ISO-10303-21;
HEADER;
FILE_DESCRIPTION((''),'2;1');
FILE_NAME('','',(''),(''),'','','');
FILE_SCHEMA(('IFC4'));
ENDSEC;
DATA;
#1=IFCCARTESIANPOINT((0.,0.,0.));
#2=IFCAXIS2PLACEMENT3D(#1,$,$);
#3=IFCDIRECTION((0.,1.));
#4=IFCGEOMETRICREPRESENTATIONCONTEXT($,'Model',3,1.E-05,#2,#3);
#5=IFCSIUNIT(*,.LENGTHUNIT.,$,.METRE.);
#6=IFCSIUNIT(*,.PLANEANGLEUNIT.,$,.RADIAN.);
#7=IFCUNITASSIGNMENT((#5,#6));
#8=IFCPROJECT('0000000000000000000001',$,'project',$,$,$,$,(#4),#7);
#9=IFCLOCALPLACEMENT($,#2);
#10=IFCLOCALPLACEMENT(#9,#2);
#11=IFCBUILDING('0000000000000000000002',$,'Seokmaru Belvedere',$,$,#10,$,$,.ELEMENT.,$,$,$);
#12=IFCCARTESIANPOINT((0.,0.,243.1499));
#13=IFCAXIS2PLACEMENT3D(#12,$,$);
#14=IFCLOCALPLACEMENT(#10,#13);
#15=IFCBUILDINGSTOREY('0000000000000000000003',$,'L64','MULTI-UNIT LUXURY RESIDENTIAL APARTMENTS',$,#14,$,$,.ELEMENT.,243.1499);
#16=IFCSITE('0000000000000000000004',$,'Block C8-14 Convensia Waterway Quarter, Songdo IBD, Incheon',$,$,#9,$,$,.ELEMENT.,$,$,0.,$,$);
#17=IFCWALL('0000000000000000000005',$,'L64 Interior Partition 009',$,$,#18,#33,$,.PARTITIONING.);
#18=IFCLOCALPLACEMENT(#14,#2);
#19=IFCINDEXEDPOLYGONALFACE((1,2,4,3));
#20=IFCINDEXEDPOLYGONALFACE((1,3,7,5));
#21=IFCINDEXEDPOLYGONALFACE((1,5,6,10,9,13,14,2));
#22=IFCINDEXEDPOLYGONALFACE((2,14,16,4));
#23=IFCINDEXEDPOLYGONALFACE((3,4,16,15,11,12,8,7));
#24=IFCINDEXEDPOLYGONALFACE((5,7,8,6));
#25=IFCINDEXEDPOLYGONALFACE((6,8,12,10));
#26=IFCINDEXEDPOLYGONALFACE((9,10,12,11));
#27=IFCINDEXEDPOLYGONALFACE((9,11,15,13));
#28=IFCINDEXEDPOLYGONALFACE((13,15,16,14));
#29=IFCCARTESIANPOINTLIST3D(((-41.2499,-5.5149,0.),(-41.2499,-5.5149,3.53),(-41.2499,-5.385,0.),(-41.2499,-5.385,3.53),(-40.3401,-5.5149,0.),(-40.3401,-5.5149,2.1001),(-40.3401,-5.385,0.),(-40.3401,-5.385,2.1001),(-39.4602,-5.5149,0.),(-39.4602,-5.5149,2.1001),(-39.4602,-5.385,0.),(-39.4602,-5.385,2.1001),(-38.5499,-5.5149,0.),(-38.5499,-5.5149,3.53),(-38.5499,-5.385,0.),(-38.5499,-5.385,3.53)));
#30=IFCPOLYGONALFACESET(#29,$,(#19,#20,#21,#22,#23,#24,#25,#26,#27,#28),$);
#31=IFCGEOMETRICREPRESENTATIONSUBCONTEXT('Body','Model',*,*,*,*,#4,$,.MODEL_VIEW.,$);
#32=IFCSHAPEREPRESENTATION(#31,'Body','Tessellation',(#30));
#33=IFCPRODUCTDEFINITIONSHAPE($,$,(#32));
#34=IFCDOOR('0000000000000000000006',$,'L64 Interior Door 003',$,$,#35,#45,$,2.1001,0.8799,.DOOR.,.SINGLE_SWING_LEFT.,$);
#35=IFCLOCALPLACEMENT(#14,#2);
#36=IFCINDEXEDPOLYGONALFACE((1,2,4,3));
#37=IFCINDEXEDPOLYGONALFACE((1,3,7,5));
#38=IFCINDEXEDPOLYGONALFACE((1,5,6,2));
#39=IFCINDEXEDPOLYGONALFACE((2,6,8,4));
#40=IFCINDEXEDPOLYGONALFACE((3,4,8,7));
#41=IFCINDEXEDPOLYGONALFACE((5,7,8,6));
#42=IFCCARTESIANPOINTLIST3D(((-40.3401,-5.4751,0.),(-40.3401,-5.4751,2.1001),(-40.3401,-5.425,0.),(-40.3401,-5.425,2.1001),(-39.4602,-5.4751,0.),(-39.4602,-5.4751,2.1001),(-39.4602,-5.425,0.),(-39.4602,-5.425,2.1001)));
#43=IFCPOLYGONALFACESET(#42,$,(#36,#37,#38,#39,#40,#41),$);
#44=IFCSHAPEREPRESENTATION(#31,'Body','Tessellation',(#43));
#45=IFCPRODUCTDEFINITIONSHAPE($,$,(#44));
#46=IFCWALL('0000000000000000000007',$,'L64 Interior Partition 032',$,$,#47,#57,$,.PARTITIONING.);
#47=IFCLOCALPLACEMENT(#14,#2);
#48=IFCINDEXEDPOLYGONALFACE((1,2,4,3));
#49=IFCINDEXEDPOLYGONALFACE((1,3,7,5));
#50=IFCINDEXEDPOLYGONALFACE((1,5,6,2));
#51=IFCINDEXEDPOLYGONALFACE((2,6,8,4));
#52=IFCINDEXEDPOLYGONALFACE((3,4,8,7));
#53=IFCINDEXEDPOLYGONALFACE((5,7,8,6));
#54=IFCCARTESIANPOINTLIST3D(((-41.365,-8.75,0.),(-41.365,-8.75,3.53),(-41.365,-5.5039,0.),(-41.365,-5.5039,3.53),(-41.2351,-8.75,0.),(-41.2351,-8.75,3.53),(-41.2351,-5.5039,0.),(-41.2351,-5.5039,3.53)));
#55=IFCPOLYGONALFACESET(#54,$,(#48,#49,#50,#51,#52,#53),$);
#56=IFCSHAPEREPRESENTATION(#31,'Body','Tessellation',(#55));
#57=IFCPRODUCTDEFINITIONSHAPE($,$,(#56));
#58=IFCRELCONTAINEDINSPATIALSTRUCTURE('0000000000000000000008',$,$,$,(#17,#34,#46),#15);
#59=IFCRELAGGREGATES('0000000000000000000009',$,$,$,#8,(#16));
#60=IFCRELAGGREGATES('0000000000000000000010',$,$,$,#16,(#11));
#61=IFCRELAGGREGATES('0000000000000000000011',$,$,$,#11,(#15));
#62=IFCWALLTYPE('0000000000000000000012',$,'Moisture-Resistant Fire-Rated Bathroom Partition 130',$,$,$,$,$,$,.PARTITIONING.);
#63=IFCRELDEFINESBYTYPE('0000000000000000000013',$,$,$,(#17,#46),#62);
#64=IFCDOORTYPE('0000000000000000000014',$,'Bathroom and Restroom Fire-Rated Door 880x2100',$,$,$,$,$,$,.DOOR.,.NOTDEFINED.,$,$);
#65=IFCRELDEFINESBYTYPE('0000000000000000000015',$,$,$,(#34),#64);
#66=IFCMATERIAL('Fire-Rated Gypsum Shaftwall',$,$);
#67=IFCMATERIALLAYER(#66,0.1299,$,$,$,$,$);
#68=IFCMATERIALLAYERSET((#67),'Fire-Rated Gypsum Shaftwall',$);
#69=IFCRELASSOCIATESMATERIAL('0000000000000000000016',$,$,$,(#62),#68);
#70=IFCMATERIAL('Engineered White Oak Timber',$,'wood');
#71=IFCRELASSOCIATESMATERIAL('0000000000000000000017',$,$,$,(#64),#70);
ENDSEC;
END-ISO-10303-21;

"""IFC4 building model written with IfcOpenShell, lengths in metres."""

from ifc_helpers import new_model, si_unit, direction, frame, frame_2d, origin, place, context, subcontext, project, spatial, rectangle, extrude, source, transform, mapped, material, layer, layer_set, type_object, type_shapes, element, fill, save


model = new_model("IFC4")

# Units and contexts
model_context = context("Model", 3, precision=1e-05, world=origin(), true_north=direction((0.0, 1.0)))
body_context = subcontext(model_context, "Body", "Model", "MODEL_VIEW")
ifc_project = project(units=[si_unit("LENGTHUNIT", "METRE"), si_unit("PLANEANGLEUNIT", "RADIAN")], contexts=[model_context])

# Site, building, storey
site_placement = place(None, origin())
site = spatial("IfcSite", under=ifc_project, at=site_placement, Name="Block C8-14 Convensia Waterway Quarter, Songdo IBD, Incheon", CompositionType="ELEMENT", RefElevation=0.0)
building_placement = place(site_placement, origin())
building = spatial("IfcBuilding", under=site, at=building_placement, Name="Seokmaru Belvedere", CompositionType="ELEMENT")
storey_placement = place(building_placement, frame((0.0, 0.0, 243.1499)))
storey = spatial("IfcBuildingStorey", under=building, at=storey_placement, Name="L64", Description="MULTI-UNIT LUXURY RESIDENTIAL APARTMENTS", CompositionType="ELEMENT", Elevation=243.1499)

# Wall, opening, door
ifc_material_1 = material(Name="Fire-Rated Gypsum Shaftwall")
ifc_material_2 = material(Name="Engineered White Oak Timber", Category="wood")
ifc_layer_1 = layer(ifc_material_1, 0.1299)
ifc_layer_set_1 = layer_set([ifc_layer_1], Name="Fire-Rated Gypsum Shaftwall")
wall_type_1 = type_object("IfcWallType", Name="Moisture-Resistant Fire-Rated Bathroom Partition 130", PredefinedType="PARTITIONING", material=ifc_layer_set_1)
wall_1_placement = place(storey_placement, frame((-41.25, -5.45, 0.0), z_axis=(0.0, 0.0, 1.0), x_axis=(1.0, 0.0, 0.0)))
wall_1 = element("IfcWall", 1, at=wall_1_placement, inside=storey, type_object=wall_type_1, Name="L64 Interior Partition 009", PredefinedType="PARTITIONING", context=body_context, shape_type="SweptSolid", body=[
    extrude(rectangle(XDim=2.7, YDim=0.1299, at=frame_2d((1.3501, 0.0))), origin(), (0.0, 0.0, 1.0), 3.53),
])
opening_1_placement = place(wall_1_placement, frame((0.9099, 0.0, 0.0)))
opening_1 = element("IfcOpeningElement", 2, at=opening_1_placement, cuts=wall_1, PredefinedType="OPENING", context=body_context, shape_type="SweptSolid", body=[
    extrude(rectangle(XDim=0.8799, YDim=2.1001, at=frame_2d((0.4399, 1.05))), frame((0.0, 0.075, 0.0), z_axis=(0.0, -1.0, 0.0), x_axis=(1.0, 0.0, 0.0)), (0.0, 0.0, 1.0), 0.1499),
])
door_type_1 = type_object("IfcDoorType", Name="Bathroom and Restroom Fire-Rated Door 880x2100", OperationType="NOTDEFINED", PredefinedType="DOOR", material=ifc_material_2)
shared_shape_1 = source(origin(), body_context, "Body", "SweptSolid", [
    extrude(rectangle(XDim=0.8799, YDim=2.1001, at=frame_2d((0.4399, 1.05))), frame((0.0, 0.0249, 0.0), z_axis=(0.0, -1.0, 0.0), x_axis=(1.0, 0.0, 0.0)), (0.0, 0.0, 1.0), 0.05),
])
type_shapes(door_type_1, [shared_shape_1])
door_1_placement = place(opening_1_placement, origin())
door_1 = element("IfcDoor", 3, at=door_1_placement, inside=storey, type_object=door_type_1, Name="L64 Interior Door 003", OperationType="SINGLE_SWING_LEFT", OverallHeight=2.1001, OverallWidth=0.8799, PredefinedType="DOOR", context=body_context, shape_type="MappedRepresentation", body=[
    mapped(shared_shape_1, transform((0.0, 0.0, 0.0), scale=1.0)),
])
fill(opening_1, door_1)

# Wall
wall_2_placement = place(storey_placement, frame((-41.3, -8.75, 0.0), z_axis=(0.0, 0.0, 1.0), x_axis=(0.0, 1.0, 0.0)))
element("IfcWall", 4, at=wall_2_placement, inside=storey, type_object=wall_type_1, Name="L64 Interior Partition 032", PredefinedType="PARTITIONING", context=body_context, shape_type="SweptSolid", body=[
    extrude(rectangle(XDim=3.2461, YDim=0.1299, at=frame_2d((1.623, 0.0))), origin(), (0.0, 0.0, 1.0), 3.53),
])

save(model, "model.ifc")
